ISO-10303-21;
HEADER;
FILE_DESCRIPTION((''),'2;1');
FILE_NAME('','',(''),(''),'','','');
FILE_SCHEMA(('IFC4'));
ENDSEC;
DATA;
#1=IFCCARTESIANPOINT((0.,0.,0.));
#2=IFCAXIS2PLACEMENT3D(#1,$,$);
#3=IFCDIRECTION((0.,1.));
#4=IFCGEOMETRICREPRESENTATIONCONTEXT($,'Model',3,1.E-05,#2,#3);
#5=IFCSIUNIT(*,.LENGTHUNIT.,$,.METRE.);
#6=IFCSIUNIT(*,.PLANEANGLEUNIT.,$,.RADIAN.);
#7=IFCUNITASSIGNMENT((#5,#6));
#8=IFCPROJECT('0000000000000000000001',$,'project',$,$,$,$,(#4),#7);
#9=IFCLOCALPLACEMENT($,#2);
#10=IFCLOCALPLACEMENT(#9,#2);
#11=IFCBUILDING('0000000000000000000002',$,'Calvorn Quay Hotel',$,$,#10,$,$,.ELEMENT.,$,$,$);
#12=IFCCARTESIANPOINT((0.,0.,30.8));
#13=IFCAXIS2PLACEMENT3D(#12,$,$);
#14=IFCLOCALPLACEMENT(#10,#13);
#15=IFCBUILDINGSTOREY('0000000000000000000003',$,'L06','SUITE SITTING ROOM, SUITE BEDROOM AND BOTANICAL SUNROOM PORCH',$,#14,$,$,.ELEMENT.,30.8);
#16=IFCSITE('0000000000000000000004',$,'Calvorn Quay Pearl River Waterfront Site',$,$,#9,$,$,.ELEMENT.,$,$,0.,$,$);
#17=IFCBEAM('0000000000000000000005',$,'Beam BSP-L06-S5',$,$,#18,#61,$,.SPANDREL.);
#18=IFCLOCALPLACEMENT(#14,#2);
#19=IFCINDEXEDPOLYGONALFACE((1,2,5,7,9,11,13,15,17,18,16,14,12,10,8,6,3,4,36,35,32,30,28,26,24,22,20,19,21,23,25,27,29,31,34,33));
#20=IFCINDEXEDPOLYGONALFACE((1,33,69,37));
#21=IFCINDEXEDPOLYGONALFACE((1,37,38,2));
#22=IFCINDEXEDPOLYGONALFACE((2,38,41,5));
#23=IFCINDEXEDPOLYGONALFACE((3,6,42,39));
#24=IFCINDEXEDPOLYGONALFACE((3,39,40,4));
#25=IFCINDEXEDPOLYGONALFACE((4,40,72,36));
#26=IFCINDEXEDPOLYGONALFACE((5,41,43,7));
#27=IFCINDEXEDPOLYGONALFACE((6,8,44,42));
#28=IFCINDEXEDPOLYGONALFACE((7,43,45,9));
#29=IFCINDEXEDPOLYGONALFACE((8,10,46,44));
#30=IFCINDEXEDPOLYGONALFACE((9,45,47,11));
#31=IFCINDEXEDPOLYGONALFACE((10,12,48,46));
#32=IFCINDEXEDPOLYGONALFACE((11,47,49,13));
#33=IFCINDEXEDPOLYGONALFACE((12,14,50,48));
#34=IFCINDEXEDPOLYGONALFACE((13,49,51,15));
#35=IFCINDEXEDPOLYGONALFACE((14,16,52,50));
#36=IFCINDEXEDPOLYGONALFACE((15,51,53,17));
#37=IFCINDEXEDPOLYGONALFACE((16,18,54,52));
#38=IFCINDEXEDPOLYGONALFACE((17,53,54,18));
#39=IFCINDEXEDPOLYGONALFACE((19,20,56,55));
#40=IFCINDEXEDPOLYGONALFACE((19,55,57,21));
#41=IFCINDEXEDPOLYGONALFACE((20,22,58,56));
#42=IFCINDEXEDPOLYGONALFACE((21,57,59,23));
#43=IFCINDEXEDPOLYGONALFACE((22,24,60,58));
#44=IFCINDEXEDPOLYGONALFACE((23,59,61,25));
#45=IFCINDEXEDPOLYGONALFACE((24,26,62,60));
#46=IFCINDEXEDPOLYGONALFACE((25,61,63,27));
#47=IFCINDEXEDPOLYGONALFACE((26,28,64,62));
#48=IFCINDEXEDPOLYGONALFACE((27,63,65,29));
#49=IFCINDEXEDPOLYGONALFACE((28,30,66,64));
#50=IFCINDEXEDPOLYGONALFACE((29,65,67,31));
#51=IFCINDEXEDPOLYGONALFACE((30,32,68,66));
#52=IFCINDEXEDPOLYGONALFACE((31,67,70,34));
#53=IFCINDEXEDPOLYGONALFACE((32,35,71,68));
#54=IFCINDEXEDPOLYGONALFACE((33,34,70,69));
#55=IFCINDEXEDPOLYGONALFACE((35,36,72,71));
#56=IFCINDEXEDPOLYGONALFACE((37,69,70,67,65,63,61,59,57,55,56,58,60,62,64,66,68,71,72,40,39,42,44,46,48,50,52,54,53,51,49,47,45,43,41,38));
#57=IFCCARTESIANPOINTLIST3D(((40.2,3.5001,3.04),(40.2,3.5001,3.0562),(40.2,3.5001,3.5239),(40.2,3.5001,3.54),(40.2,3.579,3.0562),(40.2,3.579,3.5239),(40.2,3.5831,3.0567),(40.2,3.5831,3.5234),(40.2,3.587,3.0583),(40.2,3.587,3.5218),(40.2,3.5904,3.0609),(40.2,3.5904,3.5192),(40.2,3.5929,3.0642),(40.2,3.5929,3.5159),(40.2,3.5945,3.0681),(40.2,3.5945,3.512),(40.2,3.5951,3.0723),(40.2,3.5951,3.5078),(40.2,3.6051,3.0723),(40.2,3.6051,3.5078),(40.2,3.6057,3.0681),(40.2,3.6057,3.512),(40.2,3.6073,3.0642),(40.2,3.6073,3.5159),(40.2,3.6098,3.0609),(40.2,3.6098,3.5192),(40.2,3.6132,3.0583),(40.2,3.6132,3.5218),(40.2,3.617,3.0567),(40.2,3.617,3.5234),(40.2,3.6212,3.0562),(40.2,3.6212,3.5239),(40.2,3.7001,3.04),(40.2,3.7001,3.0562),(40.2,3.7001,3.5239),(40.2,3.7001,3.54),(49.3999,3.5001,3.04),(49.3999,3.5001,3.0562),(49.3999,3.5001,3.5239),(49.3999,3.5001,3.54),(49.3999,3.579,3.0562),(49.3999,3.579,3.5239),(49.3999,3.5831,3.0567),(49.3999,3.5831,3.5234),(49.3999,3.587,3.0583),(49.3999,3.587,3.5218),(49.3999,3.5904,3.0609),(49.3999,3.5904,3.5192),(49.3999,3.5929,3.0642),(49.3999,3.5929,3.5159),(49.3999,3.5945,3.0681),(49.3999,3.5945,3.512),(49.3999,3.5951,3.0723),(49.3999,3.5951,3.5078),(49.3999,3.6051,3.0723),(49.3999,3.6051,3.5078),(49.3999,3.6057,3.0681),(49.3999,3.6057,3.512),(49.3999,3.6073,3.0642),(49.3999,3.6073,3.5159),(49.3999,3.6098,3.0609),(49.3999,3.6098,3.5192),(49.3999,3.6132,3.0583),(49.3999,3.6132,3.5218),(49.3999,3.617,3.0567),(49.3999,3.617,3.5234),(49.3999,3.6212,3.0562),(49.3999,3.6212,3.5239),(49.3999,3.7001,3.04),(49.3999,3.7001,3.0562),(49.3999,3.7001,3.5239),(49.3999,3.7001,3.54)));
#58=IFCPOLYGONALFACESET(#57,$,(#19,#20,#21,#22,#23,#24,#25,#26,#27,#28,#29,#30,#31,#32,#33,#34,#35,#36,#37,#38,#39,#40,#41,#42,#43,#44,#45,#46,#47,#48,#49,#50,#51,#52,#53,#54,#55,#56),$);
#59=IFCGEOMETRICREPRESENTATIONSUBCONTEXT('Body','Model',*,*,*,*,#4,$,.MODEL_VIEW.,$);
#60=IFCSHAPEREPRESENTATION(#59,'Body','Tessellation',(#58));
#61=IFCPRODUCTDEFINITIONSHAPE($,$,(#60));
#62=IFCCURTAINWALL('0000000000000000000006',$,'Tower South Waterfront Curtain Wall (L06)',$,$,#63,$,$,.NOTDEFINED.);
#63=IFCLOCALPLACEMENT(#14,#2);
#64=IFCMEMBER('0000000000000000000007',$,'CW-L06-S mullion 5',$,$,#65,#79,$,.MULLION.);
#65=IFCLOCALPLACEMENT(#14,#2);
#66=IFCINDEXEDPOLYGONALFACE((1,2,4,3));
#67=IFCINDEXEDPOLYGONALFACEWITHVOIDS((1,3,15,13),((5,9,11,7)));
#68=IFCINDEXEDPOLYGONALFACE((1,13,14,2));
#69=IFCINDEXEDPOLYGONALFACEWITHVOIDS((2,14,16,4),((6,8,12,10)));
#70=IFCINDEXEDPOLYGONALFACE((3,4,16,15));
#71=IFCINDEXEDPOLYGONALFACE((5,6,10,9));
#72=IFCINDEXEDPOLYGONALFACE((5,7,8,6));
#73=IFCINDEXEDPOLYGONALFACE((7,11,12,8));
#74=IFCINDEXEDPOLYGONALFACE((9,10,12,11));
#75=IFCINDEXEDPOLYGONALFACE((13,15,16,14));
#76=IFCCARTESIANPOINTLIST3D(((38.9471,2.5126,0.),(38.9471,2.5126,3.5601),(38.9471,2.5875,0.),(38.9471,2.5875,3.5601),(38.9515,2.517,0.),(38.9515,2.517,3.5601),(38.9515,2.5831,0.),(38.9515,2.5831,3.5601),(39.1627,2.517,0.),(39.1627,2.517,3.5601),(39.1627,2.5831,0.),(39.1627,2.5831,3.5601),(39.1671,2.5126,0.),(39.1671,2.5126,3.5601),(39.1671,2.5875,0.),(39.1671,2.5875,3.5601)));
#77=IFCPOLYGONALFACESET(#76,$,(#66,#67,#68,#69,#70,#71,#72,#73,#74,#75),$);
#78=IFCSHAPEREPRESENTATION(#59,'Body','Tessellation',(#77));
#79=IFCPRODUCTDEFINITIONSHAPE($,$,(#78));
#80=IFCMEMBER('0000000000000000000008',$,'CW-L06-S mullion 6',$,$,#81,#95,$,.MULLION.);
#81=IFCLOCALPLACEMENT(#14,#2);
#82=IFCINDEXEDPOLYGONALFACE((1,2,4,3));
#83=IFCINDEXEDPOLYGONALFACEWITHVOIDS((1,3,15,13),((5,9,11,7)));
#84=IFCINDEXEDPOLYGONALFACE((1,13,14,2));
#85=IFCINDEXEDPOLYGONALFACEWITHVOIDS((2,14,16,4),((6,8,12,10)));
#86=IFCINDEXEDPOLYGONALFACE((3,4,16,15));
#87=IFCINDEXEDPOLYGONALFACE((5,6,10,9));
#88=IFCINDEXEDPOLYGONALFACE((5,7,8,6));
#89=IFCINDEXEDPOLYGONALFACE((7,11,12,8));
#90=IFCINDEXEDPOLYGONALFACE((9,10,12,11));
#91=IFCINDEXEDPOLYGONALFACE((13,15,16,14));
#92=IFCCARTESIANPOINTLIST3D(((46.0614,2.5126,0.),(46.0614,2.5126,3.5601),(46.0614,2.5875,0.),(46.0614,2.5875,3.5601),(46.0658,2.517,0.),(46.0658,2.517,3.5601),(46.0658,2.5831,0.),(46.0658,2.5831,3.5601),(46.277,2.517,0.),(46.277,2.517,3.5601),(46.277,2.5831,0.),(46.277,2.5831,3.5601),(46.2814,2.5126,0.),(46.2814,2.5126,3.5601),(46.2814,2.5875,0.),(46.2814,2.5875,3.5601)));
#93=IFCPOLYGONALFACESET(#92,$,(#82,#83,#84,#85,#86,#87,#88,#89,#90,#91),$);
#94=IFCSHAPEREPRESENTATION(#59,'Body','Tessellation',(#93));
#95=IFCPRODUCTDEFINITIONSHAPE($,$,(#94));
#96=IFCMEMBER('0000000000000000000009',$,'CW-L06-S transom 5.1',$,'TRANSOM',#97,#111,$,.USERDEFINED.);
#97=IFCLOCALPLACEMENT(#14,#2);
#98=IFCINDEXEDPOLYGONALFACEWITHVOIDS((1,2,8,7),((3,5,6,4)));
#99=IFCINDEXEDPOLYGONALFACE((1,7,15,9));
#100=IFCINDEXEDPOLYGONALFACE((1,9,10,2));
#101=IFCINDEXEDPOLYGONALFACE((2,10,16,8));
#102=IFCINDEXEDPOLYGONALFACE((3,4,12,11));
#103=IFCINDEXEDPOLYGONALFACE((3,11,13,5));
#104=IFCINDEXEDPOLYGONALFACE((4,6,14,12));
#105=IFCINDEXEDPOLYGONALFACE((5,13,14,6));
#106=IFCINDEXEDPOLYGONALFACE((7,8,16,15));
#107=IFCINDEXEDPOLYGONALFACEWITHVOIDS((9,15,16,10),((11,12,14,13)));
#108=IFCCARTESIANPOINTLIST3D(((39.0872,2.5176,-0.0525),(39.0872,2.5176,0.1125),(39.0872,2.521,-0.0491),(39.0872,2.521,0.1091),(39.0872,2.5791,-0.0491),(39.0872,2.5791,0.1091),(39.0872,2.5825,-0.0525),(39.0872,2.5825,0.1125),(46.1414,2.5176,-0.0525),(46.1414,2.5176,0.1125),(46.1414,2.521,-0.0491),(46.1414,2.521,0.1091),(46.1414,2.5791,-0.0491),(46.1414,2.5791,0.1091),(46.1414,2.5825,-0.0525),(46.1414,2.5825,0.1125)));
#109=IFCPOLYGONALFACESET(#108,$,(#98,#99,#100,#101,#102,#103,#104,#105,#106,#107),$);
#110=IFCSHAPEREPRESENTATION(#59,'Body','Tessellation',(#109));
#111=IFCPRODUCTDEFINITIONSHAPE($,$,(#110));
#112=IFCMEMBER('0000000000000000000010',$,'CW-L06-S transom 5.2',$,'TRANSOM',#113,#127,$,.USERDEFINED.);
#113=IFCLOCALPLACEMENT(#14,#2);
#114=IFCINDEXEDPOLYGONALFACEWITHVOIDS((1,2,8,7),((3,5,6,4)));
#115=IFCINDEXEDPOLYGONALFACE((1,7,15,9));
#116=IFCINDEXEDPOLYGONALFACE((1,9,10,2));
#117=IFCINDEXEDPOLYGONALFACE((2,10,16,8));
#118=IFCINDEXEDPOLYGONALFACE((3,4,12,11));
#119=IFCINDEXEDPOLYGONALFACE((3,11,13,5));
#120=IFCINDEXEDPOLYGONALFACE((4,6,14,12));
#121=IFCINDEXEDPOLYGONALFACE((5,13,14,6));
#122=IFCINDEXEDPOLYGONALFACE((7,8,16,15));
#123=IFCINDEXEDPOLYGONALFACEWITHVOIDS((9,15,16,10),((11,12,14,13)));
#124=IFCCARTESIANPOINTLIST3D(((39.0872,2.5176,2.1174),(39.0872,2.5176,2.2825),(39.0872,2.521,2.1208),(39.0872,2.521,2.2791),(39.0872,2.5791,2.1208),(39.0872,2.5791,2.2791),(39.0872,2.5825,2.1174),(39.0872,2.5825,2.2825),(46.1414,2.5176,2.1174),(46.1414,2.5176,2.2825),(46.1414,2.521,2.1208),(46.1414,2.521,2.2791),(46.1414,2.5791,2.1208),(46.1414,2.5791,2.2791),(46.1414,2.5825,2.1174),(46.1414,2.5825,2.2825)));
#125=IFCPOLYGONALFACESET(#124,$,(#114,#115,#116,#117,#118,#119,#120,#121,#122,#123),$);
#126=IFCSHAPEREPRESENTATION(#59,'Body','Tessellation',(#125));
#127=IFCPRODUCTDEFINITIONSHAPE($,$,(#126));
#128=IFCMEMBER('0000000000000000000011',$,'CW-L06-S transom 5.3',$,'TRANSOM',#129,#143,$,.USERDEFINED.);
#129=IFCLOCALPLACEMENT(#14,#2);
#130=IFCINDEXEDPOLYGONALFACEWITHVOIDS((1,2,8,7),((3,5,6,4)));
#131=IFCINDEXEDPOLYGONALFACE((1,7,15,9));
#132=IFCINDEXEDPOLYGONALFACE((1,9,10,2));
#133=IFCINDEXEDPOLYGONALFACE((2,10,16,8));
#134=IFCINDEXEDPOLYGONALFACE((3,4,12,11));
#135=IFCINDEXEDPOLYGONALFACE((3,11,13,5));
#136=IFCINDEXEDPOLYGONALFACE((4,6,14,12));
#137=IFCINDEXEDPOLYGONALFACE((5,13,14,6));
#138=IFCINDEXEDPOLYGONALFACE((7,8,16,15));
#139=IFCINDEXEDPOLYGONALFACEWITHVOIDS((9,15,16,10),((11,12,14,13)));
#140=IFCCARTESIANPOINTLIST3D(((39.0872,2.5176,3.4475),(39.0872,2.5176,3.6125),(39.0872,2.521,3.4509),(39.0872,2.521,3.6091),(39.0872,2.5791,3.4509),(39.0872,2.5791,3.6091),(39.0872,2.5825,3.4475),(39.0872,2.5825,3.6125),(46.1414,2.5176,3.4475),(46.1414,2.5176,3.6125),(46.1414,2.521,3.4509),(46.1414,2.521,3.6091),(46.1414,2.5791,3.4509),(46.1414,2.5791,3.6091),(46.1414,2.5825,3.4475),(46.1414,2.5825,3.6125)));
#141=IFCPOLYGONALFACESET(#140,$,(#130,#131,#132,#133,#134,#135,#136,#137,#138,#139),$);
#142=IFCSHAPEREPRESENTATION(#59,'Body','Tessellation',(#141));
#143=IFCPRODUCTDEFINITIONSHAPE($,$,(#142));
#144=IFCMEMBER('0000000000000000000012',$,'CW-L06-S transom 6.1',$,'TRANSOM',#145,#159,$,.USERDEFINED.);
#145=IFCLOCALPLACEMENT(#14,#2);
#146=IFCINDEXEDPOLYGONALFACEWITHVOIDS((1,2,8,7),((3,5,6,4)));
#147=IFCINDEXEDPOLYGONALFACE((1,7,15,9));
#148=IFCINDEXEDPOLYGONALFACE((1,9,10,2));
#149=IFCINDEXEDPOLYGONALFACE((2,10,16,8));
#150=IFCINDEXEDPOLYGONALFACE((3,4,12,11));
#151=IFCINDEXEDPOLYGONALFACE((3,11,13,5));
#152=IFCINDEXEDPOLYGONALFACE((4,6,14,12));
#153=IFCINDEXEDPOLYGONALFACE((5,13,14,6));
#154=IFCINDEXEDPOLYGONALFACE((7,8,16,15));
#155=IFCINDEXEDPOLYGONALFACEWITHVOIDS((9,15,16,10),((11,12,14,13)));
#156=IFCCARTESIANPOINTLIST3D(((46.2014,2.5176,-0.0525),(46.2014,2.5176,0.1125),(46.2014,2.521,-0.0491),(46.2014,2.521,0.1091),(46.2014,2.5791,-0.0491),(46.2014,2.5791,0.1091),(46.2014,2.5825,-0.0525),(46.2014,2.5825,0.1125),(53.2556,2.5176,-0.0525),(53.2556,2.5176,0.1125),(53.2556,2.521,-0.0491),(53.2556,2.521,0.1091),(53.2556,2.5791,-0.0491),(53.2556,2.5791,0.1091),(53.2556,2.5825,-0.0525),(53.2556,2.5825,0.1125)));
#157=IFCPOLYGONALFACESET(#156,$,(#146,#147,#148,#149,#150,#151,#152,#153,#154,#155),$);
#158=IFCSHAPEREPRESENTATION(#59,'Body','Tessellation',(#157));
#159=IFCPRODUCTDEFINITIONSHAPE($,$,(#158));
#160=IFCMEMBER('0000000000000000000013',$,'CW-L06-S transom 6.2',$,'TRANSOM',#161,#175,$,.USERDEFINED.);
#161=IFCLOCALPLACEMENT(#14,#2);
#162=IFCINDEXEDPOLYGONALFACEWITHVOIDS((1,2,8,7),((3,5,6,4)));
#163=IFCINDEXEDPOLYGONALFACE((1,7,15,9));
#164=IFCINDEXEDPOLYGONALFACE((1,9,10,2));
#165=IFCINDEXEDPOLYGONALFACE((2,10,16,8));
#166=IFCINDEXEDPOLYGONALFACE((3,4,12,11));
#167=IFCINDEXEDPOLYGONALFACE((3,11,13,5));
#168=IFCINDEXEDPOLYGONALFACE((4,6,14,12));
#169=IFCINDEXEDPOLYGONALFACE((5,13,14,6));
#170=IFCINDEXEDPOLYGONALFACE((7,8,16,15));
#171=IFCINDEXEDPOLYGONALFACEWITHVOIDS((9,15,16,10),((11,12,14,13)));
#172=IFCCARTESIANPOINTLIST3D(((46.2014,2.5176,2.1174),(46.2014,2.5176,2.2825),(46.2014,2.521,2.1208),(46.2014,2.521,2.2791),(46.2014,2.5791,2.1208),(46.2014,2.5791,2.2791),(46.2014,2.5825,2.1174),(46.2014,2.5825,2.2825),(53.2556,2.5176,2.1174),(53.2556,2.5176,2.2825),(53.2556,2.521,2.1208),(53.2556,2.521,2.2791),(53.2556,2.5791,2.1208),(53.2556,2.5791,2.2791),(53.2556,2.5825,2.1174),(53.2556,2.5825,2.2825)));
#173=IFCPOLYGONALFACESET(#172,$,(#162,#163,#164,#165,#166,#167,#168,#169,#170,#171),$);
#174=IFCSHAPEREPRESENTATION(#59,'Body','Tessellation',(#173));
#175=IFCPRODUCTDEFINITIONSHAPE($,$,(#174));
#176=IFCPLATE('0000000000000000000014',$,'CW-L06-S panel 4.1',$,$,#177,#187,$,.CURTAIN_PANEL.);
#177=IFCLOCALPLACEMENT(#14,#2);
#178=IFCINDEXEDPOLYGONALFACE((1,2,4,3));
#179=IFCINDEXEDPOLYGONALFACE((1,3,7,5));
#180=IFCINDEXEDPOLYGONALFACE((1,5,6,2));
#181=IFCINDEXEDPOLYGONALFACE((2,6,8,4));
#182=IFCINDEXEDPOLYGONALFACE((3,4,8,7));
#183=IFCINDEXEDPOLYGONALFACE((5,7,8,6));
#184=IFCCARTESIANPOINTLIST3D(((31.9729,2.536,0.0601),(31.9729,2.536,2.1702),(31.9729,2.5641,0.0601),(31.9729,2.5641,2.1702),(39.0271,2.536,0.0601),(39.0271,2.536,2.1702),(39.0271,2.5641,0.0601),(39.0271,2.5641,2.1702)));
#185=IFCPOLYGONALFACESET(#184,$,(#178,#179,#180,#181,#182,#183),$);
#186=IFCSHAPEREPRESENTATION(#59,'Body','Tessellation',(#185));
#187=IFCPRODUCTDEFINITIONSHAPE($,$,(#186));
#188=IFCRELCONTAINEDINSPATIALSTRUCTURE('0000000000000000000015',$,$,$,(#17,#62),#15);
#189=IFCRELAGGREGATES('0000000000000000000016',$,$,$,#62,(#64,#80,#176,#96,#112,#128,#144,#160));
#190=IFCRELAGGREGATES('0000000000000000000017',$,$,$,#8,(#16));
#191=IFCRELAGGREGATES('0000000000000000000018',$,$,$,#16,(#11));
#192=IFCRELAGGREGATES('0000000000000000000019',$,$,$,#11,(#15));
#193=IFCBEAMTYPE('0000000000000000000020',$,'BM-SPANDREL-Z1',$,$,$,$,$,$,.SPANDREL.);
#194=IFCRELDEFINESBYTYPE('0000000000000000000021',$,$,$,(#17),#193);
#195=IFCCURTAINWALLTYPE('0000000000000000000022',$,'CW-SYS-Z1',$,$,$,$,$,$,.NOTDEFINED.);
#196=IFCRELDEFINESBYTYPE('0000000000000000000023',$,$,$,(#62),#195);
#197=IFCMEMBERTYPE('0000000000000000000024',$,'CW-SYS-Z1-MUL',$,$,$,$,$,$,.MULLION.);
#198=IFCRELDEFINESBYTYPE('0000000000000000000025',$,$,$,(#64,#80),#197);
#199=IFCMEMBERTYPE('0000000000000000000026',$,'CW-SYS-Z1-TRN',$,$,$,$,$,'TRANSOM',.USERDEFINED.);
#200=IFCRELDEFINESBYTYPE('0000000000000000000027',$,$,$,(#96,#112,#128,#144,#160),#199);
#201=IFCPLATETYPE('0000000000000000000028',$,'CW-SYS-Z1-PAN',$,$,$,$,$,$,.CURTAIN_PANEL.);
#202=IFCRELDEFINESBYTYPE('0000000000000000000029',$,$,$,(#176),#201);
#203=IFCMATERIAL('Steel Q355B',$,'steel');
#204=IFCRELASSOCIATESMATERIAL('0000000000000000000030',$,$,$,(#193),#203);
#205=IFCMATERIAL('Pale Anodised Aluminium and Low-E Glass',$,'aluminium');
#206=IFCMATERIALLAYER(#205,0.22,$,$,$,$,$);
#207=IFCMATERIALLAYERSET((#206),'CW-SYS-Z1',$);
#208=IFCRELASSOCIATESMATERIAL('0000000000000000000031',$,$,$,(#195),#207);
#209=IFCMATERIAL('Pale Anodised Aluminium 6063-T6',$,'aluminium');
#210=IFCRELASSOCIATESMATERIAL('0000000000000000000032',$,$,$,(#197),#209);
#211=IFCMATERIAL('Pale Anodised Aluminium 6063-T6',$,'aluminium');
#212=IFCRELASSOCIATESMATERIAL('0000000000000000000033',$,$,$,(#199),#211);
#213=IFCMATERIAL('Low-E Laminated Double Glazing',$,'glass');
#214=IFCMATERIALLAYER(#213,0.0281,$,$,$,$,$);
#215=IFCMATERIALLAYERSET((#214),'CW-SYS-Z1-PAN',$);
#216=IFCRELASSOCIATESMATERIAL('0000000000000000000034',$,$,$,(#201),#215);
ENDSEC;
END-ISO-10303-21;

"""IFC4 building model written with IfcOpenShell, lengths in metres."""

from ifc_helpers import new_model, si_unit, direction, frame, origin, origin_2d, place, context, subcontext, project, spatial, rectangle, hollow_rectangle, i_section, extrude, material, layer, layer_set, material_profile, profile_set, type_object, element, aggregate, save


model = new_model("IFC4")

# Units and contexts
model_context = context("Model", 3, precision=1e-05, world=origin(), true_north=direction((0.0, 1.0)))
body_context = subcontext(model_context, "Body", "Model", "MODEL_VIEW")
ifc_project = project(units=[si_unit("LENGTHUNIT", "METRE"), si_unit("PLANEANGLEUNIT", "RADIAN")], contexts=[model_context])

# Site, building, storey
site_placement = place(None, origin())
site = spatial("IfcSite", under=ifc_project, at=site_placement, Name="Calvorn Quay Pearl River Waterfront Site", CompositionType="ELEMENT", RefElevation=0.0)
building_placement = place(site_placement, origin())
building = spatial("IfcBuilding", under=site, at=building_placement, Name="Calvorn Quay Hotel", CompositionType="ELEMENT")
storey_placement = place(building_placement, frame((0.0, 0.0, 30.8)))
storey = spatial("IfcBuildingStorey", under=building, at=storey_placement, Name="L06", Description="SUITE SITTING ROOM, SUITE BEDROOM AND BOTANICAL SUNROOM PORCH", CompositionType="ELEMENT", Elevation=30.8)

# Beam
ifc_material_1 = material(Name="Steel Q355B", Category="steel")
ifc_material_profile_1 = material_profile(ifc_material_1, i_section(OverallWidth=0.2, OverallDepth=0.5, WebThickness=0.01, FlangeThickness=0.0161, FilletRadius=0.0161, at=origin_2d()), Name="HN500x200x10x16")
ifc_profile_set_1 = profile_set([ifc_material_profile_1], Name="Steel Q355B")
beam_type_1 = type_object("IfcBeamType", Name="BM-SPANDREL-Z1", PredefinedType="SPANDREL", material=ifc_profile_set_1)
beam_1_placement = place(storey_placement, frame((40.2, 3.6001, 3.29), z_axis=(1.0, 0.0, 0.0), x_axis=(0.0, 1.0, 0.0)))
element("IfcBeam", 1, at=beam_1_placement, inside=storey, type_object=beam_type_1, Name="Beam BSP-L06-S5", PredefinedType="SPANDREL", context=body_context, shape_type="SweptSolid", body=[
    extrude(i_section(OverallWidth=0.2, OverallDepth=0.5, WebThickness=0.01, FlangeThickness=0.0161, FilletRadius=0.0161, at=origin_2d()), origin(), (0.0, 0.0, 1.0), 9.2),
])

# Curtain wall, members, plate
ifc_material_2 = material(Name="Pale Anodised Aluminium and Low-E Glass", Category="aluminium")
ifc_layer_1 = layer(ifc_material_2, 0.22)
ifc_layer_set_1 = layer_set([ifc_layer_1], Name="CW-SYS-Z1")
curtain_wall_type = type_object("IfcCurtainWallType", Name="CW-SYS-Z1", PredefinedType="NOTDEFINED", material=ifc_layer_set_1)
curtain_wall_placement = place(storey_placement, origin())
curtain_wall = element("IfcCurtainWall", 2, at=curtain_wall_placement, inside=storey, type_object=curtain_wall_type, Name="Tower South Waterfront Curtain Wall (L06)", PredefinedType="NOTDEFINED")
ifc_material_3 = material(Name="Pale Anodised Aluminium 6063-T6", Category="aluminium")
ifc_material_profile_2 = material_profile(ifc_material_3, hollow_rectangle(XDim=0.075, YDim=0.22, WallThickness=0.0044, at=origin_2d()), Name="ALU-M220x75x4.5")
ifc_profile_set_2 = profile_set([ifc_material_profile_2], Name="Pale Anodised Aluminium 6063-T6")
member_type_1 = type_object("IfcMemberType", Name="CW-SYS-Z1-MUL", PredefinedType="MULLION", material=ifc_profile_set_2)
member_1_placement = place(storey_placement, frame((39.0571, 2.55, 0.0), z_axis=(0.0, 0.0, 1.0), x_axis=(0.0, 1.0, 0.0)))
member_1 = element("IfcMember", 3, at=member_1_placement, type_object=member_type_1, Name="CW-L06-S mullion 5", PredefinedType="MULLION", context=body_context, shape_type="SweptSolid", body=[
    extrude(hollow_rectangle(XDim=0.075, YDim=0.22, WallThickness=0.0044, at=origin_2d()), origin(), (0.0, 0.0, 1.0), 3.5601),
])
member_2_placement = place(storey_placement, frame((46.1714, 2.55, 0.0), z_axis=(0.0, 0.0, 1.0), x_axis=(0.0, 1.0, 0.0)))
member_2 = element("IfcMember", 4, at=member_2_placement, type_object=member_type_1, Name="CW-L06-S mullion 6", PredefinedType="MULLION", context=body_context, shape_type="SweptSolid", body=[
    extrude(hollow_rectangle(XDim=0.075, YDim=0.22, WallThickness=0.0044, at=origin_2d()), origin(), (0.0, 0.0, 1.0), 3.5601),
])
ifc_material_4 = material(Name="Pale Anodised Aluminium 6063-T6", Category="aluminium")
ifc_material_profile_3 = material_profile(ifc_material_4, hollow_rectangle(XDim=0.0649, YDim=0.165, WallThickness=0.0034, at=origin_2d()), Name="ALU-T165x65x3.5")
ifc_profile_set_3 = profile_set([ifc_material_profile_3], Name="Pale Anodised Aluminium 6063-T6")
member_type_2 = type_object("IfcMemberType", Name="CW-SYS-Z1-TRN", ElementType="TRANSOM", PredefinedType="USERDEFINED", material=ifc_profile_set_3)
member_3_placement = place(storey_placement, frame((39.0872, 2.55, 0.03), z_axis=(1.0, 0.0, 0.0), x_axis=(0.0, 1.0, 0.0)))
member_3 = element("IfcMember", 5, at=member_3_placement, type_object=member_type_2, Name="CW-L06-S transom 5.1", ObjectType="TRANSOM", PredefinedType="USERDEFINED", context=body_context, shape_type="SweptSolid", body=[
    extrude(hollow_rectangle(XDim=0.0649, YDim=0.165, WallThickness=0.0034, at=origin_2d()), origin(), (0.0, 0.0, 1.0), 7.0542),
])
member_4_placement = place(storey_placement, frame((39.0872, 2.55, 2.2), z_axis=(1.0, 0.0, 0.0), x_axis=(0.0, 1.0, 0.0)))
member_4 = element("IfcMember", 6, at=member_4_placement, type_object=member_type_2, Name="CW-L06-S transom 5.2", ObjectType="TRANSOM", PredefinedType="USERDEFINED", context=body_context, shape_type="SweptSolid", body=[
    extrude(hollow_rectangle(XDim=0.0649, YDim=0.165, WallThickness=0.0034, at=origin_2d()), origin(), (0.0, 0.0, 1.0), 7.0542),
])
member_5_placement = place(storey_placement, frame((39.0872, 2.55, 3.53), z_axis=(1.0, 0.0, 0.0), x_axis=(0.0, 1.0, 0.0)))
member_5 = element("IfcMember", 7, at=member_5_placement, type_object=member_type_2, Name="CW-L06-S transom 5.3", ObjectType="TRANSOM", PredefinedType="USERDEFINED", context=body_context, shape_type="SweptSolid", body=[
    extrude(hollow_rectangle(XDim=0.0649, YDim=0.165, WallThickness=0.0034, at=origin_2d()), origin(), (0.0, 0.0, 1.0), 7.0542),
])
member_6_placement = place(storey_placement, frame((46.2014, 2.55, 0.03), z_axis=(1.0, 0.0, 0.0), x_axis=(0.0, 1.0, 0.0)))
member_6 = element("IfcMember", 8, at=member_6_placement, type_object=member_type_2, Name="CW-L06-S transom 6.1", ObjectType="TRANSOM", PredefinedType="USERDEFINED", context=body_context, shape_type="SweptSolid", body=[
    extrude(hollow_rectangle(XDim=0.0649, YDim=0.165, WallThickness=0.0034, at=origin_2d()), origin(), (0.0, 0.0, 1.0), 7.0542),
])
member_7_placement = place(storey_placement, frame((46.2014, 2.55, 2.2), z_axis=(1.0, 0.0, 0.0), x_axis=(0.0, 1.0, 0.0)))
member_7 = element("IfcMember", 9, at=member_7_placement, type_object=member_type_2, Name="CW-L06-S transom 6.2", ObjectType="TRANSOM", PredefinedType="USERDEFINED", context=body_context, shape_type="SweptSolid", body=[
    extrude(hollow_rectangle(XDim=0.0649, YDim=0.165, WallThickness=0.0034, at=origin_2d()), origin(), (0.0, 0.0, 1.0), 7.0542),
])
ifc_material_5 = material(Name="Low-E Laminated Double Glazing", Category="glass")
ifc_layer_2 = layer(ifc_material_5, 0.0281)
ifc_layer_set_2 = layer_set([ifc_layer_2], Name="CW-SYS-Z1-PAN")
plate_type = type_object("IfcPlateType", Name="CW-SYS-Z1-PAN", PredefinedType="CURTAIN_PANEL", material=ifc_layer_set_2)
plate_1_placement = place(storey_placement, frame((35.5, 2.55, 0.0601), z_axis=(0.0, 0.0, 1.0), x_axis=(1.0, 0.0, 0.0)))
plate_1 = element("IfcPlate", 10, at=plate_1_placement, type_object=plate_type, Name="CW-L06-S panel 4.1", PredefinedType="CURTAIN_PANEL", context=body_context, shape_type="SweptSolid", body=[
    extrude(rectangle(XDim=7.0542, YDim=0.0281, at=origin_2d()), origin(), (0.0, 0.0, 1.0), 2.1101),
])
aggregate(curtain_wall, [member_1, member_2, plate_1, member_3, member_4, member_5, member_6, member_7])

save(model, "model.ifc")
